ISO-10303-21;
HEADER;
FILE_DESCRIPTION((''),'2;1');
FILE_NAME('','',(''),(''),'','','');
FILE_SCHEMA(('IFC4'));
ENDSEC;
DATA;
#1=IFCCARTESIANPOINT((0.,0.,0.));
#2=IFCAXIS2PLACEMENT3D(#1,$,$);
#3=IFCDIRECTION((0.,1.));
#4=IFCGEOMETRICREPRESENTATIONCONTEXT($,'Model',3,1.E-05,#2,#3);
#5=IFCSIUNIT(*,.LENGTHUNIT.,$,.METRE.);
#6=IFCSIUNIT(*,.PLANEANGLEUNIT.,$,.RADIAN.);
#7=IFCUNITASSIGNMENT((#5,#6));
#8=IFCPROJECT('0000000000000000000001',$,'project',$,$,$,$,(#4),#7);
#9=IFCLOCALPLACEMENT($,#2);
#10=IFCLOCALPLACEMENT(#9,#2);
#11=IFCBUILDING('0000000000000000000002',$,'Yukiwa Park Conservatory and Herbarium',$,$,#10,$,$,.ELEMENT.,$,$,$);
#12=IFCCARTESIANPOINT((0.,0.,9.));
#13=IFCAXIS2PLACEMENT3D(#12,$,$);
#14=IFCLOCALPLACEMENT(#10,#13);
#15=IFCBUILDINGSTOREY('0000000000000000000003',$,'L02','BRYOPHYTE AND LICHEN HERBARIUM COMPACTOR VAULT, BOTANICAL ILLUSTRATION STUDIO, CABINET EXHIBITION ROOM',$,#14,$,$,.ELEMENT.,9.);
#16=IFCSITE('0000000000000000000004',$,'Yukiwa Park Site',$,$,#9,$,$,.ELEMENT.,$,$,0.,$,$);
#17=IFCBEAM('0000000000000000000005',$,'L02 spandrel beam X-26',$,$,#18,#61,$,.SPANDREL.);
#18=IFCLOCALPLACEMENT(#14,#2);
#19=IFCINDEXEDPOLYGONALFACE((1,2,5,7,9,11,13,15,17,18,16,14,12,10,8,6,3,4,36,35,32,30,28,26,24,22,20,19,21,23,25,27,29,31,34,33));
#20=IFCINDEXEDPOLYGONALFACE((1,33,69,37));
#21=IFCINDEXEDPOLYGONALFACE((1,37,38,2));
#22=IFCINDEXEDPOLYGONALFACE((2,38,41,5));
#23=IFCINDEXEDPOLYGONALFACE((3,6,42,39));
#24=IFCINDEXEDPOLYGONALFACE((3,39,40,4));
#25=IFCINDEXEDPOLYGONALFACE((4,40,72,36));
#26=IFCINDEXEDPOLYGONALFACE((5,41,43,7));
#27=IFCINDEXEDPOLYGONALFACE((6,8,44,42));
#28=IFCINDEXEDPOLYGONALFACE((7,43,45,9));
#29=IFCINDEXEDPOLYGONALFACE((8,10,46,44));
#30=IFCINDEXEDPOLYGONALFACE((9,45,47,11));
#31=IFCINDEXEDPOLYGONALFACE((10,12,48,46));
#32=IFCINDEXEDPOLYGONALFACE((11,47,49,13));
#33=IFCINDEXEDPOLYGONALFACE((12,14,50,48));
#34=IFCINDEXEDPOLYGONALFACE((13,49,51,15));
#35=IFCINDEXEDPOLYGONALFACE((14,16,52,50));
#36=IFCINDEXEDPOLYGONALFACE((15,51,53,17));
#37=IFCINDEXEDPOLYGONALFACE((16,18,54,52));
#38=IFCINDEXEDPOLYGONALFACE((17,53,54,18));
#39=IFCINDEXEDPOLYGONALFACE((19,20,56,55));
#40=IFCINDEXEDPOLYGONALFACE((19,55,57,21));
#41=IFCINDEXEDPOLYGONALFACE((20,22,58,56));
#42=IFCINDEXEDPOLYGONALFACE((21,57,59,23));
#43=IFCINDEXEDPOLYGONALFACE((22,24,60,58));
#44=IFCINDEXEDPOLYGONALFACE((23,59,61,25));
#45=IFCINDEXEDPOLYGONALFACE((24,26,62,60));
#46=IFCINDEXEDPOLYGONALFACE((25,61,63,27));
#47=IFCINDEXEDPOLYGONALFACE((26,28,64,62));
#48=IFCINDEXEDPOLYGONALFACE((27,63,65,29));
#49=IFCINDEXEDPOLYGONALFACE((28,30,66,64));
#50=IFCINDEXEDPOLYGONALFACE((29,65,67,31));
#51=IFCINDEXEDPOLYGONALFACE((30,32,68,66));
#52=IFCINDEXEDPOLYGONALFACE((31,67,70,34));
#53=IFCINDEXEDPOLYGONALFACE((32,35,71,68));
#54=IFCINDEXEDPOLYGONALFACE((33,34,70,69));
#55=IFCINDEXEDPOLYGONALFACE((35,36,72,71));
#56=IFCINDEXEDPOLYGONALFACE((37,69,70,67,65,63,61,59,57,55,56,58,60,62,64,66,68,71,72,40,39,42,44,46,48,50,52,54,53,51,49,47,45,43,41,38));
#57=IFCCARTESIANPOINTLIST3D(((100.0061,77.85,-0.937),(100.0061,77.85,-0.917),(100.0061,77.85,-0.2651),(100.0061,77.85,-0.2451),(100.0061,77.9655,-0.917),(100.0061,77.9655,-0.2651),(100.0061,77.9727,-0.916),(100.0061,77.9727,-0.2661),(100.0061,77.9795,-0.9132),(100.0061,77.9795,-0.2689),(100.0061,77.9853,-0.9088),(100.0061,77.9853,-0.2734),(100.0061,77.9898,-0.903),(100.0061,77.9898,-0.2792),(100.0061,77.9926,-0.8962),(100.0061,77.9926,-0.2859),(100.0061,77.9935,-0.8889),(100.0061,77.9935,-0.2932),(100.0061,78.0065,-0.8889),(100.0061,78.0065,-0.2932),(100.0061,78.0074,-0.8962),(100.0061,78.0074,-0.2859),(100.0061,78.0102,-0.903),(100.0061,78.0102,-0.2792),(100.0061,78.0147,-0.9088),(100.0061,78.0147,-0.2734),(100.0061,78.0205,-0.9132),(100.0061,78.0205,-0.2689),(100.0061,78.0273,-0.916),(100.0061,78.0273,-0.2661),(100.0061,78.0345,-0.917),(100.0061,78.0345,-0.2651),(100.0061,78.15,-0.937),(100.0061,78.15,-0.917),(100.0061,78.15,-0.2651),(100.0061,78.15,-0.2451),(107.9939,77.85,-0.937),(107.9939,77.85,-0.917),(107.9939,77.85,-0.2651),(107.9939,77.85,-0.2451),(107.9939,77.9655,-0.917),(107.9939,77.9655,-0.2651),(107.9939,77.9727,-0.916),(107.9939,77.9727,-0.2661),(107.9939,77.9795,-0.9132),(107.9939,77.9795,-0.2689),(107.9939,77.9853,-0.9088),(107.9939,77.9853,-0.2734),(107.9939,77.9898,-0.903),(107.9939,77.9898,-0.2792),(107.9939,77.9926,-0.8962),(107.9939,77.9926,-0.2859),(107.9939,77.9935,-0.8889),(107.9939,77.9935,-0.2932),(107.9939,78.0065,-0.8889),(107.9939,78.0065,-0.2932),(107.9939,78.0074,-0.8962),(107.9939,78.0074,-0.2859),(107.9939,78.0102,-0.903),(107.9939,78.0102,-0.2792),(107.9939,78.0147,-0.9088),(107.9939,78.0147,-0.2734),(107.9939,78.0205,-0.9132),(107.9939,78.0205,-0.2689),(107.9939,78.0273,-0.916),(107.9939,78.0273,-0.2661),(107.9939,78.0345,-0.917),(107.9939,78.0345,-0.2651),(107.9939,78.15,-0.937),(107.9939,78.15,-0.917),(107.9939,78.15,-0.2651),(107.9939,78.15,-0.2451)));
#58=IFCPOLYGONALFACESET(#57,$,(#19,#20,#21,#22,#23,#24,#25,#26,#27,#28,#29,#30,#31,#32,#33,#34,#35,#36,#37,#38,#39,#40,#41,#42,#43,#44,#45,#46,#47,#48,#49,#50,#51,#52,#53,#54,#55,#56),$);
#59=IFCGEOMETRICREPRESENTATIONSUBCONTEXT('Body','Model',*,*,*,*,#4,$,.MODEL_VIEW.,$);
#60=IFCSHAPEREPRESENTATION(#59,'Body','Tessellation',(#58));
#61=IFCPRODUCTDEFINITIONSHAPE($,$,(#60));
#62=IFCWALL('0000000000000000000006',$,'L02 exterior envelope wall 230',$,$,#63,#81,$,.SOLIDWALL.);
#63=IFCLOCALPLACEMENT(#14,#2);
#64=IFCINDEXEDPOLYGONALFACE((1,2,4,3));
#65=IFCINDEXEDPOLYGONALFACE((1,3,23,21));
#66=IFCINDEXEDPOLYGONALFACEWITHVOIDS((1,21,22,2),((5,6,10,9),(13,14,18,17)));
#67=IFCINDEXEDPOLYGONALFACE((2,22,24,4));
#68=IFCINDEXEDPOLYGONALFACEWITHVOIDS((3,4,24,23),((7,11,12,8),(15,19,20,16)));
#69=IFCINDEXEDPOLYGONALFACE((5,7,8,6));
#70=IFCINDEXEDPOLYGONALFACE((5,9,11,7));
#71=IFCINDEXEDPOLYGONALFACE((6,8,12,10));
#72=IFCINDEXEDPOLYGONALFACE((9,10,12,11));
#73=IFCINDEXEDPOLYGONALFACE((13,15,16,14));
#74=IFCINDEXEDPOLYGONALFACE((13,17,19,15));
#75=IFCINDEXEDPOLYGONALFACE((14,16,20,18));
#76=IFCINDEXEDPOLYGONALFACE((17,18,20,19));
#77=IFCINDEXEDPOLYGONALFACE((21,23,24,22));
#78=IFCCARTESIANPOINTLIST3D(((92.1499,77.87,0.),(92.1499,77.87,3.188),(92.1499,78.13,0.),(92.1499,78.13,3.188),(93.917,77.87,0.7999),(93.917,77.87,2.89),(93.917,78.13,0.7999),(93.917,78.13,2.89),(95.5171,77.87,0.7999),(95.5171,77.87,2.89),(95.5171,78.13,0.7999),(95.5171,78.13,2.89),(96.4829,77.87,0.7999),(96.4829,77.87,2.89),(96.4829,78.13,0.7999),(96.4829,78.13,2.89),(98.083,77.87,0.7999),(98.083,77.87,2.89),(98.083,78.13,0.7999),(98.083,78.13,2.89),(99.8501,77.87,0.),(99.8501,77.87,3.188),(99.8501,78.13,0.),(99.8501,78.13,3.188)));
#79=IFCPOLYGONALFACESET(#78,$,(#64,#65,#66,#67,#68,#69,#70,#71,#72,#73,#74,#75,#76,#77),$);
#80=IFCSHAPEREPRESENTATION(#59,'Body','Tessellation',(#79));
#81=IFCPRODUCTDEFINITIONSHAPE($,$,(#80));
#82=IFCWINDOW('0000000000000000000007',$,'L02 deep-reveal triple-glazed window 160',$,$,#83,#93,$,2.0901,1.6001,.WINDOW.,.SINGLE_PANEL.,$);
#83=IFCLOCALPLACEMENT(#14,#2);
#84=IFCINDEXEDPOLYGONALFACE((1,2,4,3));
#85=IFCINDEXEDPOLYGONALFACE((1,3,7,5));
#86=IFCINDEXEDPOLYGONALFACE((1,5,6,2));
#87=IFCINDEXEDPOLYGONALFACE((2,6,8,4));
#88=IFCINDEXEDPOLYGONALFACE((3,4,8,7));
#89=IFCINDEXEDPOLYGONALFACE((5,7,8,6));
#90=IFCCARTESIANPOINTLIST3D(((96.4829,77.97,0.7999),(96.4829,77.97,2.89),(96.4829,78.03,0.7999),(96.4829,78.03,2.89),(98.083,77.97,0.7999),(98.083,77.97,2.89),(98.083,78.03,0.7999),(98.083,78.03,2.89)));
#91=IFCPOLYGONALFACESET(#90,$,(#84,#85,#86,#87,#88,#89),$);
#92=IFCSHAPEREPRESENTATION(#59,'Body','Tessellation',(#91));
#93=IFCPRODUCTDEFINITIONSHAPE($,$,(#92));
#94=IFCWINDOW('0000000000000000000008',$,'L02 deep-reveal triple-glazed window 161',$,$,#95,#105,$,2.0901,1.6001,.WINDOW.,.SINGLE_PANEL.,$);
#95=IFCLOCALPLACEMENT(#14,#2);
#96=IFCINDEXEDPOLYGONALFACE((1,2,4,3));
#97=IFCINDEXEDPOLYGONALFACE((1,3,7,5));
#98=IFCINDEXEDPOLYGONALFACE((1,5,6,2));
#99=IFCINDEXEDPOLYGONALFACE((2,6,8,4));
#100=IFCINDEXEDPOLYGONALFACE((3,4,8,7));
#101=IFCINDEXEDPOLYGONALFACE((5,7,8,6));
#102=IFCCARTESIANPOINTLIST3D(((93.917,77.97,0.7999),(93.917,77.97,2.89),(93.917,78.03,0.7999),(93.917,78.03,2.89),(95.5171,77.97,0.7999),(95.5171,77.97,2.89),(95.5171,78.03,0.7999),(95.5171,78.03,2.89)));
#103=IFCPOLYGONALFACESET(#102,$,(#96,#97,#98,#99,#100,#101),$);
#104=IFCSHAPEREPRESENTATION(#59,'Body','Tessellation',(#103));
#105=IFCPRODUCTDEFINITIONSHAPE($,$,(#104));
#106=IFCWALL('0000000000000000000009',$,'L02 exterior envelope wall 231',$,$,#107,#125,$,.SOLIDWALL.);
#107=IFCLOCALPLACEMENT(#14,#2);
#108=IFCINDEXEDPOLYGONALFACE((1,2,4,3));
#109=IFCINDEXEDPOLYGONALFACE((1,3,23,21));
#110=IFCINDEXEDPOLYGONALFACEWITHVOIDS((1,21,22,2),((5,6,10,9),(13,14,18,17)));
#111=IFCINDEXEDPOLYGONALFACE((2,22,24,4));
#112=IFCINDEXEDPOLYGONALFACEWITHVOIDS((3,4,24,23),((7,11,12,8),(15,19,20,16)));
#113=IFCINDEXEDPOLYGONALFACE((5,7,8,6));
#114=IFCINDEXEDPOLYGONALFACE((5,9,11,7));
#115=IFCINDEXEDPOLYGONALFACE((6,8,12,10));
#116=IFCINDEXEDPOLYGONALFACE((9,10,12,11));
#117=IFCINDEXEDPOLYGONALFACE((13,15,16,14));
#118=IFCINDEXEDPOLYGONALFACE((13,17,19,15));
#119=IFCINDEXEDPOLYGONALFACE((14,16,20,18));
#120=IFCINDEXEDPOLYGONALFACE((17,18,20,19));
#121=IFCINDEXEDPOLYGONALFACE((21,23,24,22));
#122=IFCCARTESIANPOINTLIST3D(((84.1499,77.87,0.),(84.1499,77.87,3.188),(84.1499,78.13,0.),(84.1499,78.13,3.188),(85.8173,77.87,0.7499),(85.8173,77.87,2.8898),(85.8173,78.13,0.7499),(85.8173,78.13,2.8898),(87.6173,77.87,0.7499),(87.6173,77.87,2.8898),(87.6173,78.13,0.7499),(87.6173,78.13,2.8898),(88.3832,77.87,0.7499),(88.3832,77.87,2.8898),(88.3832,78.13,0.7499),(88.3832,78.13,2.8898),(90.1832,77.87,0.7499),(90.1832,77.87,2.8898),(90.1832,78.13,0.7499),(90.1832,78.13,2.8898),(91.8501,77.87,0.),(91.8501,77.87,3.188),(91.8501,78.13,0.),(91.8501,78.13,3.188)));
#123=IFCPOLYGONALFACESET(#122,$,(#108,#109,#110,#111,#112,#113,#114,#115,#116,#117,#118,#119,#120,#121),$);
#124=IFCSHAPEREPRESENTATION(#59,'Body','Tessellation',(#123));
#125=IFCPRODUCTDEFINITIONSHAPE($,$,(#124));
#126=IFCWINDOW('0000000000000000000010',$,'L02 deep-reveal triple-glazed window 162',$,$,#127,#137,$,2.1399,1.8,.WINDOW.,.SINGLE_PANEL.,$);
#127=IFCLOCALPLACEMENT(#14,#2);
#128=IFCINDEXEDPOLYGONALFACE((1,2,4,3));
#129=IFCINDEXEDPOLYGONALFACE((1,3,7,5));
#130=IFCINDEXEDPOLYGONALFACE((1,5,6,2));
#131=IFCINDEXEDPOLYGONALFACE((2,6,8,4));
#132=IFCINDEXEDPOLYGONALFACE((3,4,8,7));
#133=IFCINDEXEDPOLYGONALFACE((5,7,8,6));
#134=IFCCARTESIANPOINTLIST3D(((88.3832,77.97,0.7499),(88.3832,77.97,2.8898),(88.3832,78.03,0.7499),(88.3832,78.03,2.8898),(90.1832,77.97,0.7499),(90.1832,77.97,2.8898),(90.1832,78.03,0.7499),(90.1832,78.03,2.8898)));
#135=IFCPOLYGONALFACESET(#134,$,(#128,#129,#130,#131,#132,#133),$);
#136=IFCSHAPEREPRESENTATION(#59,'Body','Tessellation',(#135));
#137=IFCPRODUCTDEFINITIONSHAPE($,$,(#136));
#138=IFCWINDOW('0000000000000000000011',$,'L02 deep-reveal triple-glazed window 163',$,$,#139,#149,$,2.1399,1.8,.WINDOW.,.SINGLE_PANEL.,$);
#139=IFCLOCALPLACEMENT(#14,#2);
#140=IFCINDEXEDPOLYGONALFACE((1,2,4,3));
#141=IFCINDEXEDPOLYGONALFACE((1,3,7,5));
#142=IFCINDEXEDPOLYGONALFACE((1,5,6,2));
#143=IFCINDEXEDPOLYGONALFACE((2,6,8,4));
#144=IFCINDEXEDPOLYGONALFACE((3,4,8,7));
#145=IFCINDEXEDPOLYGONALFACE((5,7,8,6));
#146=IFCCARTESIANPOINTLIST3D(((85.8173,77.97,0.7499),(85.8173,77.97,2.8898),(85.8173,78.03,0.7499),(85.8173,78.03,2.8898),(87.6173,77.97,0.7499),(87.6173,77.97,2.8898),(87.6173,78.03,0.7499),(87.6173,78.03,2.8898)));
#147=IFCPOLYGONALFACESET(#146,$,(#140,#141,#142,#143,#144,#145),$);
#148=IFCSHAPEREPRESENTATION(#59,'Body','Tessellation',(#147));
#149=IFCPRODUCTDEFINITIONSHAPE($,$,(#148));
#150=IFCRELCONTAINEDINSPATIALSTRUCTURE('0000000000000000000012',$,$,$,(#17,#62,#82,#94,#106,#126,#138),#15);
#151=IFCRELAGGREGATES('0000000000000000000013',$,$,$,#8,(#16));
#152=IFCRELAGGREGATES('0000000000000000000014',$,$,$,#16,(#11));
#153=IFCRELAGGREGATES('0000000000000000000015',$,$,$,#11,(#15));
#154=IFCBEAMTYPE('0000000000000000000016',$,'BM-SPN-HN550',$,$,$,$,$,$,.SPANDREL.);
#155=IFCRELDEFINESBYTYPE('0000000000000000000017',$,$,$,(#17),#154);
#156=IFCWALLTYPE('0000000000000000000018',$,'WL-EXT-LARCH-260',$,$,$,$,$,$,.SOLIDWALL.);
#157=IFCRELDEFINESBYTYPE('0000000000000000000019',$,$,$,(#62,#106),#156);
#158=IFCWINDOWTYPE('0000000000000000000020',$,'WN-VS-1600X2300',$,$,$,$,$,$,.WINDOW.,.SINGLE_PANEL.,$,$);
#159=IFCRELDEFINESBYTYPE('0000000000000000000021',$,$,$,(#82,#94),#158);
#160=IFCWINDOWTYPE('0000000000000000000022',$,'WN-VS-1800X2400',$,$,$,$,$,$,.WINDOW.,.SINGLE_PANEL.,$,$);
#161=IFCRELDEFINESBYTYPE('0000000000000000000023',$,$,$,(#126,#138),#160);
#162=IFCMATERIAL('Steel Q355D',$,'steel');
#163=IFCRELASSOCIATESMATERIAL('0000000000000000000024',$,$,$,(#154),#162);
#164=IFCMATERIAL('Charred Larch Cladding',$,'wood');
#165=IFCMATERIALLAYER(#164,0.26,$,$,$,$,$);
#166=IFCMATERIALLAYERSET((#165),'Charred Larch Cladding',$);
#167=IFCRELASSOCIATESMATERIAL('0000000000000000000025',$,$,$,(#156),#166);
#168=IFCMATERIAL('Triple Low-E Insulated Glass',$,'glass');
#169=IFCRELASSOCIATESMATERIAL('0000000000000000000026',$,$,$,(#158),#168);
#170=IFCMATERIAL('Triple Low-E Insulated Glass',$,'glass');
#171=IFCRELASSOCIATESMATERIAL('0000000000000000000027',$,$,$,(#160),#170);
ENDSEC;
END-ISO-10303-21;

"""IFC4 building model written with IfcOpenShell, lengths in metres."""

from ifc_helpers import new_model, si_unit, direction, frame, frame_2d, origin, origin_2d, place, context, subcontext, project, spatial, rectangle, i_section, extrude, material, layer, layer_set, material_profile, profile_set, type_object, element, fill, save


model = new_model("IFC4")

# Units and contexts
model_context = context("Model", 3, precision=1e-05, world=origin(), true_north=direction((0.0, 1.0)))
body_context = subcontext(model_context, "Body", "Model", "MODEL_VIEW")
ifc_project = project(units=[si_unit("LENGTHUNIT", "METRE"), si_unit("PLANEANGLEUNIT", "RADIAN")], contexts=[model_context])

# Site, building, storey
site_placement = place(None, origin())
site = spatial("IfcSite", under=ifc_project, at=site_placement, Name="Yukiwa Park Site", CompositionType="ELEMENT", RefElevation=0.0)
building_placement = place(site_placement, origin())
building = spatial("IfcBuilding", under=site, at=building_placement, Name="Yukiwa Park Conservatory and Herbarium", CompositionType="ELEMENT")
storey_placement = place(building_placement, frame((0.0, 0.0, 9.0)))
storey = spatial("IfcBuildingStorey", under=building, at=storey_placement, Name="L02", Description="BRYOPHYTE AND LICHEN HERBARIUM COMPACTOR VAULT, BOTANICAL ILLUSTRATION STUDIO, CABINET EXHIBITION ROOM", CompositionType="ELEMENT", Elevation=9.0)

# Beam
ifc_material_1 = material(Name="Steel Q355D", Category="steel")
ifc_material_profile_1 = material_profile(ifc_material_1, i_section(OverallWidth=0.3, OverallDepth=0.6919, WebThickness=0.0129, FlangeThickness=0.02, FilletRadius=0.0281, at=origin_2d()), Name="HN 692x300x13x20")
ifc_profile_set_1 = profile_set([ifc_material_profile_1], Name="Steel Q355D")
beam_type_1 = type_object("IfcBeamType", Name="BM-SPN-HN550", PredefinedType="SPANDREL", material=ifc_profile_set_1)
for number, where, z_axis, x_axis, name in (
    (1, (100.0061, 78.0, -0.5911), (1.0, 0.0, 0.0), (0.0, 1.0, 0.0), "L02 spandrel beam X-26"),
):
    element("IfcBeam", number, at=place(storey_placement, frame(where, z_axis=z_axis, x_axis=x_axis)), inside=storey, type_object=beam_type_1, Name=name, PredefinedType="SPANDREL", context=body_context, shape_type="SweptSolid", body=[
        extrude(i_section(OverallWidth=0.3, OverallDepth=0.6919, WebThickness=0.0129, FlangeThickness=0.02, FilletRadius=0.0281, at=origin_2d()), origin(), (0.0, 0.0, 1.0), 7.9878),
    ])

# Walls, openings, windows
ifc_material_2 = material(Name="Charred Larch Cladding", Category="wood")
ifc_layer = layer(ifc_material_2, 0.26)
ifc_layer_set = layer_set([ifc_layer], Name="Charred Larch Cladding")
wall_type = type_object("IfcWallType", Name="WL-EXT-LARCH-260", PredefinedType="SOLIDWALL", material=ifc_layer_set)
wall_1_placement = place(storey_placement, frame((99.8501, 78.0, 0.0), z_axis=(0.0, 0.0, 1.0), x_axis=(-1.0, 0.0, 0.0)))
wall_1 = element("IfcWall", 2, at=wall_1_placement, inside=storey, type_object=wall_type, Name="L02 exterior envelope wall 230", PredefinedType="SOLIDWALL", context=body_context, shape_type="SweptSolid", body=[
    extrude(rectangle(XDim=7.7002, YDim=0.26, at=frame_2d((3.8501, 0.0))), origin(), (0.0, 0.0, 1.0), 3.188),
])
opening_1_placement = place(wall_1_placement, frame((1.7671, 0.0, 0.8)))
opening_1 = element("IfcOpeningElement", 3, at=opening_1_placement, cuts=wall_1, PredefinedType="OPENING", context=body_context, shape_type="SweptSolid", body=[
    extrude(rectangle(XDim=1.6001, YDim=2.0901, at=frame_2d((0.8, 1.0449))), frame((0.0, 0.1401, 0.0), z_axis=(0.0, -1.0, 0.0), x_axis=(1.0, 0.0, 0.0)), (0.0, 0.0, 1.0), 0.28),
])
opening_2_placement = place(wall_1_placement, frame((4.333, 0.0, 0.8)))
opening_2 = element("IfcOpeningElement", 4, at=opening_2_placement, cuts=wall_1, PredefinedType="OPENING", context=body_context, shape_type="SweptSolid", body=[
    extrude(rectangle(XDim=1.6001, YDim=2.0901, at=frame_2d((0.8, 1.0449))), frame((0.0, 0.1401, 0.0), z_axis=(0.0, -1.0, 0.0), x_axis=(1.0, 0.0, 0.0)), (0.0, 0.0, 1.0), 0.28),
])
ifc_material_3 = material(Name="Triple Low-E Insulated Glass", Category="glass")
window_type_1 = type_object("IfcWindowType", Name="WN-VS-1600X2300", PartitioningType="SINGLE_PANEL", PredefinedType="WINDOW", material=ifc_material_3)
window_1_placement = place(opening_1_placement, origin())
window_1 = element("IfcWindow", 5, at=window_1_placement, inside=storey, type_object=window_type_1, Name="L02 deep-reveal triple-glazed window 160", OverallHeight=2.0901, OverallWidth=1.6001, PartitioningType="SINGLE_PANEL", PredefinedType="WINDOW", context=body_context, shape_type="SweptSolid", body=[
    extrude(rectangle(XDim=1.6001, YDim=2.0901, at=frame_2d((0.8, 1.0449))), frame((0.0, 0.03, 0.0), z_axis=(0.0, -1.0, 0.0), x_axis=(1.0, 0.0, 0.0)), (0.0, 0.0, 1.0), 0.0601),
])
fill(opening_1, window_1)
window_2_placement = place(opening_2_placement, origin())
window_2 = element("IfcWindow", 6, at=window_2_placement, inside=storey, type_object=window_type_1, Name="L02 deep-reveal triple-glazed window 161", OverallHeight=2.0901, OverallWidth=1.6001, PartitioningType="SINGLE_PANEL", PredefinedType="WINDOW", context=body_context, shape_type="SweptSolid", body=[
    extrude(rectangle(XDim=1.6001, YDim=2.0901, at=frame_2d((0.8, 1.0449))), frame((0.0, 0.03, 0.0), z_axis=(0.0, -1.0, 0.0), x_axis=(1.0, 0.0, 0.0)), (0.0, 0.0, 1.0), 0.0601),
])
fill(opening_2, window_2)
wall_2_placement = place(storey_placement, frame((91.8501, 78.0, 0.0), z_axis=(0.0, 0.0, 1.0), x_axis=(-1.0, 0.0, 0.0)))
wall_2 = element("IfcWall", 7, at=wall_2_placement, inside=storey, type_object=wall_type, Name="L02 exterior envelope wall 231", PredefinedType="SOLIDWALL", context=body_context, shape_type="SweptSolid", body=[
    extrude(rectangle(XDim=7.7002, YDim=0.26, at=frame_2d((3.8501, 0.0))), origin(), (0.0, 0.0, 1.0), 3.188),
])
opening_3_placement = place(wall_2_placement, frame((1.667, 0.0, 0.75)))
opening_3 = element("IfcOpeningElement", 8, at=opening_3_placement, cuts=wall_2, PredefinedType="OPENING", context=body_context, shape_type="SweptSolid", body=[
    extrude(rectangle(XDim=1.8, YDim=2.1399, at=frame_2d((0.8999, 1.0698))), frame((0.0, 0.1401, 0.0), z_axis=(0.0, -1.0, 0.0), x_axis=(1.0, 0.0, 0.0)), (0.0, 0.0, 1.0), 0.28),
])
opening_4_placement = place(wall_2_placement, frame((4.2329, 0.0, 0.75)))
opening_4 = element("IfcOpeningElement", 9, at=opening_4_placement, cuts=wall_2, PredefinedType="OPENING", context=body_context, shape_type="SweptSolid", body=[
    extrude(rectangle(XDim=1.8, YDim=2.1399, at=frame_2d((0.8999, 1.0698))), frame((0.0, 0.1401, 0.0), z_axis=(0.0, -1.0, 0.0), x_axis=(1.0, 0.0, 0.0)), (0.0, 0.0, 1.0), 0.28),
])
ifc_material_4 = material(Name="Triple Low-E Insulated Glass", Category="glass")
window_type_2 = type_object("IfcWindowType", Name="WN-VS-1800X2400", PartitioningType="SINGLE_PANEL", PredefinedType="WINDOW", material=ifc_material_4)
window_3_placement = place(opening_3_placement, origin())
window_3 = element("IfcWindow", 10, at=window_3_placement, inside=storey, type_object=window_type_2, Name="L02 deep-reveal triple-glazed window 162", OverallHeight=2.1399, OverallWidth=1.8, PartitioningType="SINGLE_PANEL", PredefinedType="WINDOW", context=body_context, shape_type="SweptSolid", body=[
    extrude(rectangle(XDim=1.8, YDim=2.1399, at=frame_2d((0.8999, 1.0698))), frame((0.0, 0.03, 0.0), z_axis=(0.0, -1.0, 0.0), x_axis=(1.0, 0.0, 0.0)), (0.0, 0.0, 1.0), 0.0601),
])
fill(opening_3, window_3)
window_4_placement = place(opening_4_placement, origin())
window_4 = element("IfcWindow", 11, at=window_4_placement, inside=storey, type_object=window_type_2, Name="L02 deep-reveal triple-glazed window 163", OverallHeight=2.1399, OverallWidth=1.8, PartitioningType="SINGLE_PANEL", PredefinedType="WINDOW", context=body_context, shape_type="SweptSolid", body=[
    extrude(rectangle(XDim=1.8, YDim=2.1399, at=frame_2d((0.8999, 1.0698))), frame((0.0, 0.03, 0.0), z_axis=(0.0, -1.0, 0.0), x_axis=(1.0, 0.0, 0.0)), (0.0, 0.0, 1.0), 0.0601),
])
fill(opening_4, window_4)

save(model, "model.ifc")
